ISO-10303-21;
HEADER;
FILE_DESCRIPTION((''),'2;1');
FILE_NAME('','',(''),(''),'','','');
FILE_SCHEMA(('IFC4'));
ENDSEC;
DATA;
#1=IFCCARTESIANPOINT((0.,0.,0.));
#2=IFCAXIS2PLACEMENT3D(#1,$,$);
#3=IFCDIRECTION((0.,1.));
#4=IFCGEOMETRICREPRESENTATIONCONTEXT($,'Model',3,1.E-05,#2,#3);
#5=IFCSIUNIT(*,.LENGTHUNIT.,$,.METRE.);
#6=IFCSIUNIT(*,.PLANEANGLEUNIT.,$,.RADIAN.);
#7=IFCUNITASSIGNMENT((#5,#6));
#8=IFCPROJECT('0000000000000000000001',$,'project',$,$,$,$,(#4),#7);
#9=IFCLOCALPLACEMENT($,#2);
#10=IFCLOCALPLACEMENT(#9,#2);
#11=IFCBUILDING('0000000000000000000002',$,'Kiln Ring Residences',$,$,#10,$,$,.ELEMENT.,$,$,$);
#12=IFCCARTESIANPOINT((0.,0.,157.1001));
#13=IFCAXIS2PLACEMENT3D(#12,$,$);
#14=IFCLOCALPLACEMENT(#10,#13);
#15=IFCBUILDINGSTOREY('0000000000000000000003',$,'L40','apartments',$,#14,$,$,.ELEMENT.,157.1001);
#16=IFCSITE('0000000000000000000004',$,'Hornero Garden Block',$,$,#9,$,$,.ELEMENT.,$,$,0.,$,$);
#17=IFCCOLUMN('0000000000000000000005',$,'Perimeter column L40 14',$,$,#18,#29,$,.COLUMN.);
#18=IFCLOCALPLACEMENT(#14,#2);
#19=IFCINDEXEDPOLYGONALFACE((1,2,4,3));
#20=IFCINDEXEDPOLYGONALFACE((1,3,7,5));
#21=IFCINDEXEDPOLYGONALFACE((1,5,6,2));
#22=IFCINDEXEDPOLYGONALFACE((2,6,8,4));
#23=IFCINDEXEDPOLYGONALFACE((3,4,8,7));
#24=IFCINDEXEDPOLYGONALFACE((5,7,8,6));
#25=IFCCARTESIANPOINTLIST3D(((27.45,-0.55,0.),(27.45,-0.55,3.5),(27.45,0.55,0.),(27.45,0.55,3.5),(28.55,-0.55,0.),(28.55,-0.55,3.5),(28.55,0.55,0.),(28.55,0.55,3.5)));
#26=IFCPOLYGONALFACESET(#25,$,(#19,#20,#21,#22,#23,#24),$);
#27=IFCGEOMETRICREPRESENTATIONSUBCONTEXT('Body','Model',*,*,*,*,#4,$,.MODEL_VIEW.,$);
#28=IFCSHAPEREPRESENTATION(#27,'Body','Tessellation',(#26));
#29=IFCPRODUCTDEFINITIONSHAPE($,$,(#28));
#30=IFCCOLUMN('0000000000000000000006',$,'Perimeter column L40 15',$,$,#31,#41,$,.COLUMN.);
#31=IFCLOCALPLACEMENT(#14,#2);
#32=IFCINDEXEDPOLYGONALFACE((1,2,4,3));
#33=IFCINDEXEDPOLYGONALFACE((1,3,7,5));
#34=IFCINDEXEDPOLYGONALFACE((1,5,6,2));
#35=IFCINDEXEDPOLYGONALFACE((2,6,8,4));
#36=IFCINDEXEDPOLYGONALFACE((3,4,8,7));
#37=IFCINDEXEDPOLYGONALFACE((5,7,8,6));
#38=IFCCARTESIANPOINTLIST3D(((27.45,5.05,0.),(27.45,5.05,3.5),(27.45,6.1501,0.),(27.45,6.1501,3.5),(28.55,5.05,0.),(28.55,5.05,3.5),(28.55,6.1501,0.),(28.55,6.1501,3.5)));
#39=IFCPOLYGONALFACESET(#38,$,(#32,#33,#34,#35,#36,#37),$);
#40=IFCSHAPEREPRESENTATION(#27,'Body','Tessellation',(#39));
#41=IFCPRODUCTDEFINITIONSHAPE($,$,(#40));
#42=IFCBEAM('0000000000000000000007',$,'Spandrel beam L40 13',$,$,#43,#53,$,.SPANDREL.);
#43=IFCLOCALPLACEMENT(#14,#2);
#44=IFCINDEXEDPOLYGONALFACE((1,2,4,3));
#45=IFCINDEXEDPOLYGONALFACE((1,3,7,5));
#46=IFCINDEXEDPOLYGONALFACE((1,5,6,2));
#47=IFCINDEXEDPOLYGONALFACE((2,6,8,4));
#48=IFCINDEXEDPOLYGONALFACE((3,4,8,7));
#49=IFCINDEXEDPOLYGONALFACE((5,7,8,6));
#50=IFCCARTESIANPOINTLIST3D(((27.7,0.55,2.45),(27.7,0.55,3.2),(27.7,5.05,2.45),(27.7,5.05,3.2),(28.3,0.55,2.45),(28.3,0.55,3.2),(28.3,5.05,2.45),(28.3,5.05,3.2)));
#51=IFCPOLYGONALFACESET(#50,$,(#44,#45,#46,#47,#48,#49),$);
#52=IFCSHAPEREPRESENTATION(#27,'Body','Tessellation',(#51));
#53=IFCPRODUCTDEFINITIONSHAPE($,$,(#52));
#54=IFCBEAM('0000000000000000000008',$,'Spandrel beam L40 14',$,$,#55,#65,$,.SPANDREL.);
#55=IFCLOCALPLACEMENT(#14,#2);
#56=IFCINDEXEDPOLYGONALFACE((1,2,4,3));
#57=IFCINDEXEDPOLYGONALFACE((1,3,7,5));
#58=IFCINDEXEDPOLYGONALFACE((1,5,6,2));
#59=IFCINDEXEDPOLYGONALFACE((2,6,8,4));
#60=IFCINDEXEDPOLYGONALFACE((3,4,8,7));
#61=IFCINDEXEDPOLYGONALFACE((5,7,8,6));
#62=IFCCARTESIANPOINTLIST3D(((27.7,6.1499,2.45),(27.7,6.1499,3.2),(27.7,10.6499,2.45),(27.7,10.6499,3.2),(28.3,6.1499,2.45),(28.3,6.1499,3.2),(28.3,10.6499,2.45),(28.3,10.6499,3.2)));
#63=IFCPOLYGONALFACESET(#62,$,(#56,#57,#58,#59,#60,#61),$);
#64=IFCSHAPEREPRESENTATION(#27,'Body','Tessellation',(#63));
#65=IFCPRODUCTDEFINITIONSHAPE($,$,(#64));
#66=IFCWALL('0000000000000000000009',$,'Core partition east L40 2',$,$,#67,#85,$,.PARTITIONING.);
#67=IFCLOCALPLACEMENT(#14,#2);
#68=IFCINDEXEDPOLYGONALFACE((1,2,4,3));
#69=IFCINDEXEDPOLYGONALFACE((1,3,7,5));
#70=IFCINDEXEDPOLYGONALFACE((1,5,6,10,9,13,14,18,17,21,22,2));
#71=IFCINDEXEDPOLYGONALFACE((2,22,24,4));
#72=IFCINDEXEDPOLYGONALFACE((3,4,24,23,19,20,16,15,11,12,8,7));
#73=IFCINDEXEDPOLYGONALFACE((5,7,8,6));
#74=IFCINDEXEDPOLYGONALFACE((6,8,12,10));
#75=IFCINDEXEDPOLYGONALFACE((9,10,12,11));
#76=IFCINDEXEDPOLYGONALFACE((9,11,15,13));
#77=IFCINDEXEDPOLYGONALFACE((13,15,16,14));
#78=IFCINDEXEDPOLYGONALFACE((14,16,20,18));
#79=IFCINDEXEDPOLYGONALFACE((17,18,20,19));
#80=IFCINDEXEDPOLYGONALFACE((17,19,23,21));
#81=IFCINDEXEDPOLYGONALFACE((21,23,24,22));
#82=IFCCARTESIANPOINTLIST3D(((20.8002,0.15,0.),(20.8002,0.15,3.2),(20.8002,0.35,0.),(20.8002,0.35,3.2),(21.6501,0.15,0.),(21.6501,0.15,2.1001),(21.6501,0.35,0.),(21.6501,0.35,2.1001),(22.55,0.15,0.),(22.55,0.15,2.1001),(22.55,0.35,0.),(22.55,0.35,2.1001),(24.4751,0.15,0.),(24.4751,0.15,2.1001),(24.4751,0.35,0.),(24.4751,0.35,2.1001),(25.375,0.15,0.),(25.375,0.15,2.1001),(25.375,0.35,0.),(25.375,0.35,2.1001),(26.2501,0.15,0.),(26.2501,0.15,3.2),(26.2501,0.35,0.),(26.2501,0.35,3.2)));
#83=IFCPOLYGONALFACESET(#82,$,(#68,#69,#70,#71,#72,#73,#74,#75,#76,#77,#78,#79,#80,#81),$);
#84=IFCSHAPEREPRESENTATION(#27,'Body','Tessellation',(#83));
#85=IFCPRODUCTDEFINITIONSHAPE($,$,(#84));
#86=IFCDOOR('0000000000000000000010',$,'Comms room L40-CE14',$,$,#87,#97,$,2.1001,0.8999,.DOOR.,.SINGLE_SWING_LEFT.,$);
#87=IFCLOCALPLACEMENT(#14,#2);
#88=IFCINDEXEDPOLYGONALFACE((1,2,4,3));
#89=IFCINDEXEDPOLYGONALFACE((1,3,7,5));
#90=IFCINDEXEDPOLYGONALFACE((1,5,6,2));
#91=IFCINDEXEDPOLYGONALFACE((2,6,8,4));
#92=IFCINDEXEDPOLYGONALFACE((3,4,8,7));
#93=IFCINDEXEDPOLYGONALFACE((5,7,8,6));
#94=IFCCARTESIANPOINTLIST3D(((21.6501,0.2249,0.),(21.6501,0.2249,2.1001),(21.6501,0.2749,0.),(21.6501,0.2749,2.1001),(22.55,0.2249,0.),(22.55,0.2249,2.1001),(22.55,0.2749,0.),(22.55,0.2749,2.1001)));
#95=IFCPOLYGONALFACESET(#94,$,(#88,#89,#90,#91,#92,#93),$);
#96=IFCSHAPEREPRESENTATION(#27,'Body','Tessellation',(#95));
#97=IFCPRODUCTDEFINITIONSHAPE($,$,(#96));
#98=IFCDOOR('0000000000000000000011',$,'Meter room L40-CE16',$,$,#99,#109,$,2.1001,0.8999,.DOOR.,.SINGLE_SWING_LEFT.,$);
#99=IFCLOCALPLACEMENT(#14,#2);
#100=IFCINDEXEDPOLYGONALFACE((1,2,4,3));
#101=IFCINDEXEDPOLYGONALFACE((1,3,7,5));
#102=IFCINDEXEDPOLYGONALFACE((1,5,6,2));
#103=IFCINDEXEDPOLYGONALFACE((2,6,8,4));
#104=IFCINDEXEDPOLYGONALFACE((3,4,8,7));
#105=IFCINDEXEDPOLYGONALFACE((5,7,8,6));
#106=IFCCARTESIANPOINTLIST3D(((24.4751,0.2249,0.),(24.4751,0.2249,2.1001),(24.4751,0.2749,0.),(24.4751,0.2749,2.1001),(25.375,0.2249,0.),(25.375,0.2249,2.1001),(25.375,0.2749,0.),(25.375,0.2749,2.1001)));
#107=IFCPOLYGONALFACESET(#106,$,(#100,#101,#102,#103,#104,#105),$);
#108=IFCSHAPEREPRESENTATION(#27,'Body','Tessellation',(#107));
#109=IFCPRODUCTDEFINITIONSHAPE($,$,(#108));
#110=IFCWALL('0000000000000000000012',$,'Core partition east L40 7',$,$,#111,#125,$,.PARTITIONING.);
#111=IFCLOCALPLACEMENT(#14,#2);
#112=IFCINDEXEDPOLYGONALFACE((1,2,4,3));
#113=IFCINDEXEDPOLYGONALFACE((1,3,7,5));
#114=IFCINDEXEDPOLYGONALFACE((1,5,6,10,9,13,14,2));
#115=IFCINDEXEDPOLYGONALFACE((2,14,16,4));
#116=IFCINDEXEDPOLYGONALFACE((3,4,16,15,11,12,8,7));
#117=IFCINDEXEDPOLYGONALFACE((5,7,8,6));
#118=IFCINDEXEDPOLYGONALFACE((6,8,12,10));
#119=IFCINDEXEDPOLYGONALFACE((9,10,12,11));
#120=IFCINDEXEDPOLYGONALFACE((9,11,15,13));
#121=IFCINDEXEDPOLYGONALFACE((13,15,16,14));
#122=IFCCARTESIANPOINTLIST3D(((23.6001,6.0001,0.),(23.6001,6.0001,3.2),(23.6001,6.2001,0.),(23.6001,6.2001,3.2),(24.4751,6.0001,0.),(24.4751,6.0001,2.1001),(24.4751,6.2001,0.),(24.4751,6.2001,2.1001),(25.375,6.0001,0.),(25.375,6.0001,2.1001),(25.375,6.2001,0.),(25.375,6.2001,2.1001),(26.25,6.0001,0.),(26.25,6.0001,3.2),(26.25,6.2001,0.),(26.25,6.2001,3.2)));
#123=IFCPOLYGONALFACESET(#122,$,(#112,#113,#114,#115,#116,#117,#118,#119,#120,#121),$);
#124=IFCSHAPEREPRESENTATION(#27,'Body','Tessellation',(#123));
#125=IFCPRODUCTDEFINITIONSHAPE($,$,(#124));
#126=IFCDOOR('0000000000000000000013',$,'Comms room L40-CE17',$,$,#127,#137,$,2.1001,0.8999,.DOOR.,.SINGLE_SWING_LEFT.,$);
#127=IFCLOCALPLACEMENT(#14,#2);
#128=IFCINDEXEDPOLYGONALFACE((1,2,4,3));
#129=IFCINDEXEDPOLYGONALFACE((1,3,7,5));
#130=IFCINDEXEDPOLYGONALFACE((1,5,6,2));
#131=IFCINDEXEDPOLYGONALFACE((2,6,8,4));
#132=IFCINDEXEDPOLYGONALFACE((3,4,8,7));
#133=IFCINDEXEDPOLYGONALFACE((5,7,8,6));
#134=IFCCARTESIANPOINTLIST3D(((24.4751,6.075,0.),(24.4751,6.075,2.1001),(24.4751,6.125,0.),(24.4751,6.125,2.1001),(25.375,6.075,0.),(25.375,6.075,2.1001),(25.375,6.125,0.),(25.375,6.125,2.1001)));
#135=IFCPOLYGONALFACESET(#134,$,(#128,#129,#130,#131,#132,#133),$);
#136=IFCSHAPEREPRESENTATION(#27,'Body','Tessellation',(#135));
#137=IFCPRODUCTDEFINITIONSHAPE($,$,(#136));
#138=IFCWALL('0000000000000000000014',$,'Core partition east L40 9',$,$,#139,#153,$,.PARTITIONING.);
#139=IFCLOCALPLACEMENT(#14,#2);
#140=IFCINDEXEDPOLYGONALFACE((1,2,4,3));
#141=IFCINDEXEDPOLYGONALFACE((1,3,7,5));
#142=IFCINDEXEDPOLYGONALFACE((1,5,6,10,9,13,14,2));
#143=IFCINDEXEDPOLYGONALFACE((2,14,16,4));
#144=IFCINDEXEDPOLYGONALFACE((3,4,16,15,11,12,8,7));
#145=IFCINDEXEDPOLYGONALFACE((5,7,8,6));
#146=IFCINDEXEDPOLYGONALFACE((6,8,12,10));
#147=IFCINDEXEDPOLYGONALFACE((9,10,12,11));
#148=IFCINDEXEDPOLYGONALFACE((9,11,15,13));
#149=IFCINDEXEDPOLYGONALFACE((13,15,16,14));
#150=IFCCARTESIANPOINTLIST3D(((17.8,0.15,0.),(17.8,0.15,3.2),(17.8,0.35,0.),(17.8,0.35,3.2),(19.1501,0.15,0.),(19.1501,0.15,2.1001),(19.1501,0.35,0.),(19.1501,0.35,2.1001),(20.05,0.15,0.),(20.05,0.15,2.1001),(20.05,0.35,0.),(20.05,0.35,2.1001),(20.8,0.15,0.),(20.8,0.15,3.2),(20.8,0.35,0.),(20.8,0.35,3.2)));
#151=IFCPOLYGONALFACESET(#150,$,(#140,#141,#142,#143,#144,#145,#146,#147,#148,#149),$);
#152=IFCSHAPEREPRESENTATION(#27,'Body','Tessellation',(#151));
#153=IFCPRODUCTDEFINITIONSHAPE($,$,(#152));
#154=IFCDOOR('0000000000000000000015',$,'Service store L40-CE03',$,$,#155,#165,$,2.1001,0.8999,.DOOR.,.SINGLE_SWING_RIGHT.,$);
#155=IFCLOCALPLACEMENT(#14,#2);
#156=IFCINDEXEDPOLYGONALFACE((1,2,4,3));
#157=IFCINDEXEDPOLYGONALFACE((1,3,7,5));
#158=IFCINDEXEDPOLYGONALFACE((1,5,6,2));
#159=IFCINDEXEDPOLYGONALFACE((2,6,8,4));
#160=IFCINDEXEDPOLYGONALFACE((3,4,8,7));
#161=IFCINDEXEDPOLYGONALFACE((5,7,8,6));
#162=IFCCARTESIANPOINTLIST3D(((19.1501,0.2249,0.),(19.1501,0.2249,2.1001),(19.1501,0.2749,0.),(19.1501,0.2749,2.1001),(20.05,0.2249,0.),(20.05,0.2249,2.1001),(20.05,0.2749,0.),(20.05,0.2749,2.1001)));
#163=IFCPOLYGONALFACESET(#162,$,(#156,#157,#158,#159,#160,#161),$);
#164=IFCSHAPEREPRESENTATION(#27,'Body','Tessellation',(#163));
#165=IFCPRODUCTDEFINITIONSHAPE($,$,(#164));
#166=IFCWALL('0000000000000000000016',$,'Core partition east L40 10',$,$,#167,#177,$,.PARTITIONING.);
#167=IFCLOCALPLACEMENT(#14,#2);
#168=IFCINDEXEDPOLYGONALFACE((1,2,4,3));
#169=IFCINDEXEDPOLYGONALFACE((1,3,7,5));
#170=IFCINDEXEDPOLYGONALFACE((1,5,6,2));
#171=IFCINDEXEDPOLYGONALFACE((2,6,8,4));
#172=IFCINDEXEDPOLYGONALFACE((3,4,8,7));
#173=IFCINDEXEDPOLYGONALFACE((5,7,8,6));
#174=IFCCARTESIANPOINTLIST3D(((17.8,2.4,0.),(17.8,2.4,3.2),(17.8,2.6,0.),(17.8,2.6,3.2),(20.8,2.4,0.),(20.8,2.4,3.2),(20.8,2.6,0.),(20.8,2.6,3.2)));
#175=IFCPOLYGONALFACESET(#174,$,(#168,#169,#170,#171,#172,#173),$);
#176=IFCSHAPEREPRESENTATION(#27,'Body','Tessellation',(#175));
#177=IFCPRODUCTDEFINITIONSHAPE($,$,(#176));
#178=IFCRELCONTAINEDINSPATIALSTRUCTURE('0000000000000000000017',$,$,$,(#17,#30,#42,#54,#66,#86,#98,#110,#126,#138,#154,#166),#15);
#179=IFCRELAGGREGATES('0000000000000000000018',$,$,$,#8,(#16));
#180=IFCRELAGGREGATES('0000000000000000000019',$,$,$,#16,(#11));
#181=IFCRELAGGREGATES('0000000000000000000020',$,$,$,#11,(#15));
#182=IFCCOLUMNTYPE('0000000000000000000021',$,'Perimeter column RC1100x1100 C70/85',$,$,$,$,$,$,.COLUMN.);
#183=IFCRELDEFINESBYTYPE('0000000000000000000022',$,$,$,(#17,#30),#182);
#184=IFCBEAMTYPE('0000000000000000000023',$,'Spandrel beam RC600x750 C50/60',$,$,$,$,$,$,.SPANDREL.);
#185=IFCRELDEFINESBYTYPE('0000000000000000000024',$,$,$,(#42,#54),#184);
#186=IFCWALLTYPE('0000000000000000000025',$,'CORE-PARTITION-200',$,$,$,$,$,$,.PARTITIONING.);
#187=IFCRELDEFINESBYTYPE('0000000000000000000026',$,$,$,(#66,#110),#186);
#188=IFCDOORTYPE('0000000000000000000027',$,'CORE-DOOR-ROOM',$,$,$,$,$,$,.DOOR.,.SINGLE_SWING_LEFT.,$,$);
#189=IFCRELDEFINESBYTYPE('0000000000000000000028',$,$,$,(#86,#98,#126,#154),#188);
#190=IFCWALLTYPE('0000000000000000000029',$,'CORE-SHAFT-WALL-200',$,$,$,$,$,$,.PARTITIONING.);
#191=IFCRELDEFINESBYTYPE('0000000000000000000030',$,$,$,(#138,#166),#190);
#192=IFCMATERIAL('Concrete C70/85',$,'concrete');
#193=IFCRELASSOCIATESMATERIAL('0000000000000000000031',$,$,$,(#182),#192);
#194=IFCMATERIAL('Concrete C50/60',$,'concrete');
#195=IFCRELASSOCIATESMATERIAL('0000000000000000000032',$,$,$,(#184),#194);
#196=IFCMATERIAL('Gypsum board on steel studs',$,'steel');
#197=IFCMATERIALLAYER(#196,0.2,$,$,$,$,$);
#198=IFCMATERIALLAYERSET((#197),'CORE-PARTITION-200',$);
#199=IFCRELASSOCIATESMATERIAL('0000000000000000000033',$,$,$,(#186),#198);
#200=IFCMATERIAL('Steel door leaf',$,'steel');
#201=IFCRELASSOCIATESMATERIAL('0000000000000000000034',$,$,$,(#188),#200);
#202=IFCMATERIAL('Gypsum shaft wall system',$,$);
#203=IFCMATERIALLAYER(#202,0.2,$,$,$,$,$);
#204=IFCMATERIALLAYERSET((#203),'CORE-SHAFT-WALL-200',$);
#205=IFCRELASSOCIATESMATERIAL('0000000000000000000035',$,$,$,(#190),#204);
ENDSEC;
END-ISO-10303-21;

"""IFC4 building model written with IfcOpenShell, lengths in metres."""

from ifc_helpers import new_model, si_unit, direction, frame, frame_2d, origin, origin_2d, place, context, subcontext, project, spatial, rectangle, extrude, material, layer, layer_set, material_profile, profile_set, type_object, element, fill, save


model = new_model("IFC4")

# Units and contexts
model_context = context("Model", 3, precision=1e-05, world=origin(), true_north=direction((0.0, 1.0)))
body_context = subcontext(model_context, "Body", "Model", "MODEL_VIEW")
ifc_project = project(units=[si_unit("LENGTHUNIT", "METRE"), si_unit("PLANEANGLEUNIT", "RADIAN")], contexts=[model_context])

# Site, building, storey
site_placement = place(None, origin())
site = spatial("IfcSite", under=ifc_project, at=site_placement, Name="Hornero Garden Block", CompositionType="ELEMENT", RefElevation=0.0)
building_placement = place(site_placement, origin())
building = spatial("IfcBuilding", under=site, at=building_placement, Name="Kiln Ring Residences", CompositionType="ELEMENT")
storey_placement = place(building_placement, frame((0.0, 0.0, 157.1001)))
storey = spatial("IfcBuildingStorey", under=building, at=storey_placement, Name="L40", Description="apartments", CompositionType="ELEMENT", Elevation=157.1001)

# Columns
ifc_material_1 = material(Name="Concrete C70/85", Category="concrete")
ifc_material_profile_1 = material_profile(ifc_material_1, rectangle(XDim=1.1001, YDim=1.1001, at=origin_2d()), Name="RC1100x1100")
ifc_profile_set_1 = profile_set([ifc_material_profile_1], Name="Concrete C70/85")
column_type = type_object("IfcColumnType", Name="Perimeter column RC1100x1100 C70/85", PredefinedType="COLUMN", material=ifc_profile_set_1)
for number, where, z_axis, x_axis, name in (
    (1, (28.0, 0.0, 0.0), (0.0, 0.0, 1.0), (1.0, 0.0, 0.0), "Perimeter column L40 14"),
    (2, (28.0, 5.6001, 0.0), (0.0, 0.0, 1.0), (1.0, 0.0, 0.0), "Perimeter column L40 15"),
):
    element("IfcColumn", number, at=place(storey_placement, frame(where, z_axis=z_axis, x_axis=x_axis)), inside=storey, type_object=column_type, Name=name, PredefinedType="COLUMN", context=body_context, shape_type="SweptSolid", body=[
        extrude(rectangle(XDim=1.1001, YDim=1.1001, at=origin_2d()), origin(), (0.0, 0.0, 1.0), 3.5),
    ])

# Beams
ifc_material_2 = material(Name="Concrete C50/60", Category="concrete")
ifc_material_profile_2 = material_profile(ifc_material_2, rectangle(XDim=0.6001, YDim=0.75, at=origin_2d()), Name="RC600x750")
ifc_profile_set_2 = profile_set([ifc_material_profile_2], Name="Concrete C50/60")
beam_type = type_object("IfcBeamType", Name="Spandrel beam RC600x750 C50/60", PredefinedType="SPANDREL", material=ifc_profile_set_2)
for number, where, z_axis, x_axis, name in (
    (3, (28.0, 0.55, 2.825), (0.0, 1.0, 0.0), (-1.0, 0.0, 0.0), "Spandrel beam L40 13"),
    (4, (28.0, 6.1499, 2.825), (0.0, 1.0, 0.0), (-1.0, 0.0, 0.0), "Spandrel beam L40 14"),
):
    element("IfcBeam", number, at=place(storey_placement, frame(where, z_axis=z_axis, x_axis=x_axis)), inside=storey, type_object=beam_type, Name=name, PredefinedType="SPANDREL", context=body_context, shape_type="SweptSolid", body=[
        extrude(rectangle(XDim=0.6001, YDim=0.75, at=origin_2d()), origin(), (0.0, 0.0, 1.0), 4.5),
    ])

# Wall, openings, doors
ifc_material_3 = material(Name="Gypsum board on steel studs", Category="steel")
ifc_layer_1 = layer(ifc_material_3, 0.2)
ifc_layer_set_1 = layer_set([ifc_layer_1], Name="CORE-PARTITION-200")
wall_type_1 = type_object("IfcWallType", Name="CORE-PARTITION-200", PredefinedType="PARTITIONING", material=ifc_layer_set_1)
wall_1_placement = place(storey_placement, frame((20.8, 0.25, 0.0), z_axis=(0.0, 0.0, 1.0), x_axis=(1.0, 0.0, 0.0)))
wall_1 = element("IfcWall", 5, at=wall_1_placement, inside=storey, type_object=wall_type_1, Name="Core partition east L40 2", PredefinedType="PARTITIONING", context=body_context, shape_type="SweptSolid", body=[
    extrude(rectangle(XDim=5.45, YDim=0.2, at=frame_2d((2.7251, 0.0))), origin(), (0.0, 0.0, 1.0), 3.2),
])
opening_1_placement = place(wall_1_placement, frame((0.8501, 0.0, 0.0)))
opening_1 = element("IfcOpeningElement", 6, at=opening_1_placement, cuts=wall_1, PredefinedType="OPENING", context=body_context, shape_type="SweptSolid", body=[
    extrude(rectangle(XDim=0.8999, YDim=2.1001, at=frame_2d((0.45, 1.05))), frame((0.0, 0.1099, 0.0), z_axis=(0.0, -1.0, 0.0), x_axis=(1.0, 0.0, 0.0)), (0.0, 0.0, 1.0), 0.22),
])
opening_2_placement = place(wall_1_placement, frame((3.675, 0.0, 0.0)))
opening_2 = element("IfcOpeningElement", 7, at=opening_2_placement, cuts=wall_1, PredefinedType="OPENING", context=body_context, shape_type="SweptSolid", body=[
    extrude(rectangle(XDim=0.8999, YDim=2.1001, at=frame_2d((0.45, 1.05))), frame((0.0, 0.1099, 0.0), z_axis=(0.0, -1.0, 0.0), x_axis=(1.0, 0.0, 0.0)), (0.0, 0.0, 1.0), 0.22),
])
ifc_material_4 = material(Name="Steel door leaf", Category="steel")
door_type = type_object("IfcDoorType", Name="CORE-DOOR-ROOM", OperationType="SINGLE_SWING_LEFT", PredefinedType="DOOR", material=ifc_material_4)
door_1_placement = place(opening_1_placement, origin())
door_1 = element("IfcDoor", 8, at=door_1_placement, inside=storey, type_object=door_type, Name="Comms room L40-CE14", OperationType="SINGLE_SWING_LEFT", OverallHeight=2.1001, OverallWidth=0.8999, PredefinedType="DOOR", context=body_context, shape_type="SweptSolid", body=[
    extrude(rectangle(XDim=0.8999, YDim=2.1001, at=frame_2d((0.45, 1.05))), frame((0.0, 0.0249, 0.0), z_axis=(0.0, -1.0, 0.0), x_axis=(1.0, 0.0, 0.0)), (0.0, 0.0, 1.0), 0.05),
])
fill(opening_1, door_1)
door_2_placement = place(opening_2_placement, origin())
door_2 = element("IfcDoor", 9, at=door_2_placement, inside=storey, type_object=door_type, Name="Meter room L40-CE16", OperationType="SINGLE_SWING_LEFT", OverallHeight=2.1001, OverallWidth=0.8999, PredefinedType="DOOR", context=body_context, shape_type="SweptSolid", body=[
    extrude(rectangle(XDim=0.8999, YDim=2.1001, at=frame_2d((0.45, 1.05))), frame((0.0, 0.0249, 0.0), z_axis=(0.0, -1.0, 0.0), x_axis=(1.0, 0.0, 0.0)), (0.0, 0.0, 1.0), 0.05),
])
fill(opening_2, door_2)

# Walls, openings, doors
wall_2_placement = place(storey_placement, frame((23.6001, 6.1001, 0.0), z_axis=(0.0, 0.0, 1.0), x_axis=(1.0, 0.0, 0.0)))
wall_2 = element("IfcWall", 10, at=wall_2_placement, inside=storey, type_object=wall_type_1, Name="Core partition east L40 7", PredefinedType="PARTITIONING", context=body_context, shape_type="SweptSolid", body=[
    extrude(rectangle(XDim=2.6499, YDim=0.2, at=frame_2d((1.325, 0.0))), origin(), (0.0, 0.0, 1.0), 3.2),
])
opening_3_placement = place(wall_2_placement, frame((0.875, 0.0, 0.0)))
opening_3 = element("IfcOpeningElement", 11, at=opening_3_placement, cuts=wall_2, PredefinedType="OPENING", context=body_context, shape_type="SweptSolid", body=[
    extrude(rectangle(XDim=0.8999, YDim=2.1001, at=frame_2d((0.45, 1.05))), frame((0.0, 0.1099, 0.0), z_axis=(0.0, -1.0, 0.0), x_axis=(1.0, 0.0, 0.0)), (0.0, 0.0, 1.0), 0.22),
])
door_3_placement = place(opening_3_placement, origin())
door_3 = element("IfcDoor", 12, at=door_3_placement, inside=storey, type_object=door_type, Name="Comms room L40-CE17", OperationType="SINGLE_SWING_LEFT", OverallHeight=2.1001, OverallWidth=0.8999, PredefinedType="DOOR", context=body_context, shape_type="SweptSolid", body=[
    extrude(rectangle(XDim=0.8999, YDim=2.1001, at=frame_2d((0.45, 1.05))), frame((0.0, 0.0249, 0.0), z_axis=(0.0, -1.0, 0.0), x_axis=(1.0, 0.0, 0.0)), (0.0, 0.0, 1.0), 0.05),
])
fill(opening_3, door_3)
ifc_material_5 = material(Name="Gypsum shaft wall system")
ifc_layer_2 = layer(ifc_material_5, 0.2)
ifc_layer_set_2 = layer_set([ifc_layer_2], Name="CORE-SHAFT-WALL-200")
wall_type_2 = type_object("IfcWallType", Name="CORE-SHAFT-WALL-200", PredefinedType="PARTITIONING", material=ifc_layer_set_2)
wall_3_placement = place(storey_placement, frame((17.8, 0.25, 0.0), z_axis=(0.0, 0.0, 1.0), x_axis=(1.0, 0.0, 0.0)))
wall_3 = element("IfcWall", 13, at=wall_3_placement, inside=storey, type_object=wall_type_2, Name="Core partition east L40 9", PredefinedType="PARTITIONING", context=body_context, shape_type="SweptSolid", body=[
    extrude(rectangle(XDim=3.0, YDim=0.2, at=frame_2d((1.5, 0.0))), origin(), (0.0, 0.0, 1.0), 3.2),
])
opening_4_placement = place(wall_3_placement, frame((1.3501, 0.0, 0.0)))
opening_4 = element("IfcOpeningElement", 14, at=opening_4_placement, cuts=wall_3, PredefinedType="OPENING", context=body_context, shape_type="SweptSolid", body=[
    extrude(rectangle(XDim=0.8999, YDim=2.1001, at=frame_2d((0.45, 1.05))), frame((0.0, 0.1099, 0.0), z_axis=(0.0, -1.0, 0.0), x_axis=(1.0, 0.0, 0.0)), (0.0, 0.0, 1.0), 0.22),
])
door_4_placement = place(opening_4_placement, origin())
door_4 = element("IfcDoor", 15, at=door_4_placement, inside=storey, type_object=door_type, Name="Service store L40-CE03", OperationType="SINGLE_SWING_RIGHT", OverallHeight=2.1001, OverallWidth=0.8999, PredefinedType="DOOR", context=body_context, shape_type="SweptSolid", body=[
    extrude(rectangle(XDim=0.8999, YDim=2.1001, at=frame_2d((0.45, 1.05))), frame((0.0, 0.0249, 0.0), z_axis=(0.0, -1.0, 0.0), x_axis=(1.0, 0.0, 0.0)), (0.0, 0.0, 1.0), 0.05),
])
fill(opening_4, door_4)

# Wall
wall_4_placement = place(storey_placement, frame((17.8, 2.5, 0.0), z_axis=(0.0, 0.0, 1.0), x_axis=(1.0, 0.0, 0.0)))
element("IfcWall", 16, at=wall_4_placement, inside=storey, type_object=wall_type_2, Name="Core partition east L40 10", PredefinedType="PARTITIONING", context=body_context, shape_type="SweptSolid", body=[
    extrude(rectangle(XDim=3.0, YDim=0.2, at=frame_2d((1.5, 0.0))), origin(), (0.0, 0.0, 1.0), 3.2),
])

save(model, "model.ifc")
